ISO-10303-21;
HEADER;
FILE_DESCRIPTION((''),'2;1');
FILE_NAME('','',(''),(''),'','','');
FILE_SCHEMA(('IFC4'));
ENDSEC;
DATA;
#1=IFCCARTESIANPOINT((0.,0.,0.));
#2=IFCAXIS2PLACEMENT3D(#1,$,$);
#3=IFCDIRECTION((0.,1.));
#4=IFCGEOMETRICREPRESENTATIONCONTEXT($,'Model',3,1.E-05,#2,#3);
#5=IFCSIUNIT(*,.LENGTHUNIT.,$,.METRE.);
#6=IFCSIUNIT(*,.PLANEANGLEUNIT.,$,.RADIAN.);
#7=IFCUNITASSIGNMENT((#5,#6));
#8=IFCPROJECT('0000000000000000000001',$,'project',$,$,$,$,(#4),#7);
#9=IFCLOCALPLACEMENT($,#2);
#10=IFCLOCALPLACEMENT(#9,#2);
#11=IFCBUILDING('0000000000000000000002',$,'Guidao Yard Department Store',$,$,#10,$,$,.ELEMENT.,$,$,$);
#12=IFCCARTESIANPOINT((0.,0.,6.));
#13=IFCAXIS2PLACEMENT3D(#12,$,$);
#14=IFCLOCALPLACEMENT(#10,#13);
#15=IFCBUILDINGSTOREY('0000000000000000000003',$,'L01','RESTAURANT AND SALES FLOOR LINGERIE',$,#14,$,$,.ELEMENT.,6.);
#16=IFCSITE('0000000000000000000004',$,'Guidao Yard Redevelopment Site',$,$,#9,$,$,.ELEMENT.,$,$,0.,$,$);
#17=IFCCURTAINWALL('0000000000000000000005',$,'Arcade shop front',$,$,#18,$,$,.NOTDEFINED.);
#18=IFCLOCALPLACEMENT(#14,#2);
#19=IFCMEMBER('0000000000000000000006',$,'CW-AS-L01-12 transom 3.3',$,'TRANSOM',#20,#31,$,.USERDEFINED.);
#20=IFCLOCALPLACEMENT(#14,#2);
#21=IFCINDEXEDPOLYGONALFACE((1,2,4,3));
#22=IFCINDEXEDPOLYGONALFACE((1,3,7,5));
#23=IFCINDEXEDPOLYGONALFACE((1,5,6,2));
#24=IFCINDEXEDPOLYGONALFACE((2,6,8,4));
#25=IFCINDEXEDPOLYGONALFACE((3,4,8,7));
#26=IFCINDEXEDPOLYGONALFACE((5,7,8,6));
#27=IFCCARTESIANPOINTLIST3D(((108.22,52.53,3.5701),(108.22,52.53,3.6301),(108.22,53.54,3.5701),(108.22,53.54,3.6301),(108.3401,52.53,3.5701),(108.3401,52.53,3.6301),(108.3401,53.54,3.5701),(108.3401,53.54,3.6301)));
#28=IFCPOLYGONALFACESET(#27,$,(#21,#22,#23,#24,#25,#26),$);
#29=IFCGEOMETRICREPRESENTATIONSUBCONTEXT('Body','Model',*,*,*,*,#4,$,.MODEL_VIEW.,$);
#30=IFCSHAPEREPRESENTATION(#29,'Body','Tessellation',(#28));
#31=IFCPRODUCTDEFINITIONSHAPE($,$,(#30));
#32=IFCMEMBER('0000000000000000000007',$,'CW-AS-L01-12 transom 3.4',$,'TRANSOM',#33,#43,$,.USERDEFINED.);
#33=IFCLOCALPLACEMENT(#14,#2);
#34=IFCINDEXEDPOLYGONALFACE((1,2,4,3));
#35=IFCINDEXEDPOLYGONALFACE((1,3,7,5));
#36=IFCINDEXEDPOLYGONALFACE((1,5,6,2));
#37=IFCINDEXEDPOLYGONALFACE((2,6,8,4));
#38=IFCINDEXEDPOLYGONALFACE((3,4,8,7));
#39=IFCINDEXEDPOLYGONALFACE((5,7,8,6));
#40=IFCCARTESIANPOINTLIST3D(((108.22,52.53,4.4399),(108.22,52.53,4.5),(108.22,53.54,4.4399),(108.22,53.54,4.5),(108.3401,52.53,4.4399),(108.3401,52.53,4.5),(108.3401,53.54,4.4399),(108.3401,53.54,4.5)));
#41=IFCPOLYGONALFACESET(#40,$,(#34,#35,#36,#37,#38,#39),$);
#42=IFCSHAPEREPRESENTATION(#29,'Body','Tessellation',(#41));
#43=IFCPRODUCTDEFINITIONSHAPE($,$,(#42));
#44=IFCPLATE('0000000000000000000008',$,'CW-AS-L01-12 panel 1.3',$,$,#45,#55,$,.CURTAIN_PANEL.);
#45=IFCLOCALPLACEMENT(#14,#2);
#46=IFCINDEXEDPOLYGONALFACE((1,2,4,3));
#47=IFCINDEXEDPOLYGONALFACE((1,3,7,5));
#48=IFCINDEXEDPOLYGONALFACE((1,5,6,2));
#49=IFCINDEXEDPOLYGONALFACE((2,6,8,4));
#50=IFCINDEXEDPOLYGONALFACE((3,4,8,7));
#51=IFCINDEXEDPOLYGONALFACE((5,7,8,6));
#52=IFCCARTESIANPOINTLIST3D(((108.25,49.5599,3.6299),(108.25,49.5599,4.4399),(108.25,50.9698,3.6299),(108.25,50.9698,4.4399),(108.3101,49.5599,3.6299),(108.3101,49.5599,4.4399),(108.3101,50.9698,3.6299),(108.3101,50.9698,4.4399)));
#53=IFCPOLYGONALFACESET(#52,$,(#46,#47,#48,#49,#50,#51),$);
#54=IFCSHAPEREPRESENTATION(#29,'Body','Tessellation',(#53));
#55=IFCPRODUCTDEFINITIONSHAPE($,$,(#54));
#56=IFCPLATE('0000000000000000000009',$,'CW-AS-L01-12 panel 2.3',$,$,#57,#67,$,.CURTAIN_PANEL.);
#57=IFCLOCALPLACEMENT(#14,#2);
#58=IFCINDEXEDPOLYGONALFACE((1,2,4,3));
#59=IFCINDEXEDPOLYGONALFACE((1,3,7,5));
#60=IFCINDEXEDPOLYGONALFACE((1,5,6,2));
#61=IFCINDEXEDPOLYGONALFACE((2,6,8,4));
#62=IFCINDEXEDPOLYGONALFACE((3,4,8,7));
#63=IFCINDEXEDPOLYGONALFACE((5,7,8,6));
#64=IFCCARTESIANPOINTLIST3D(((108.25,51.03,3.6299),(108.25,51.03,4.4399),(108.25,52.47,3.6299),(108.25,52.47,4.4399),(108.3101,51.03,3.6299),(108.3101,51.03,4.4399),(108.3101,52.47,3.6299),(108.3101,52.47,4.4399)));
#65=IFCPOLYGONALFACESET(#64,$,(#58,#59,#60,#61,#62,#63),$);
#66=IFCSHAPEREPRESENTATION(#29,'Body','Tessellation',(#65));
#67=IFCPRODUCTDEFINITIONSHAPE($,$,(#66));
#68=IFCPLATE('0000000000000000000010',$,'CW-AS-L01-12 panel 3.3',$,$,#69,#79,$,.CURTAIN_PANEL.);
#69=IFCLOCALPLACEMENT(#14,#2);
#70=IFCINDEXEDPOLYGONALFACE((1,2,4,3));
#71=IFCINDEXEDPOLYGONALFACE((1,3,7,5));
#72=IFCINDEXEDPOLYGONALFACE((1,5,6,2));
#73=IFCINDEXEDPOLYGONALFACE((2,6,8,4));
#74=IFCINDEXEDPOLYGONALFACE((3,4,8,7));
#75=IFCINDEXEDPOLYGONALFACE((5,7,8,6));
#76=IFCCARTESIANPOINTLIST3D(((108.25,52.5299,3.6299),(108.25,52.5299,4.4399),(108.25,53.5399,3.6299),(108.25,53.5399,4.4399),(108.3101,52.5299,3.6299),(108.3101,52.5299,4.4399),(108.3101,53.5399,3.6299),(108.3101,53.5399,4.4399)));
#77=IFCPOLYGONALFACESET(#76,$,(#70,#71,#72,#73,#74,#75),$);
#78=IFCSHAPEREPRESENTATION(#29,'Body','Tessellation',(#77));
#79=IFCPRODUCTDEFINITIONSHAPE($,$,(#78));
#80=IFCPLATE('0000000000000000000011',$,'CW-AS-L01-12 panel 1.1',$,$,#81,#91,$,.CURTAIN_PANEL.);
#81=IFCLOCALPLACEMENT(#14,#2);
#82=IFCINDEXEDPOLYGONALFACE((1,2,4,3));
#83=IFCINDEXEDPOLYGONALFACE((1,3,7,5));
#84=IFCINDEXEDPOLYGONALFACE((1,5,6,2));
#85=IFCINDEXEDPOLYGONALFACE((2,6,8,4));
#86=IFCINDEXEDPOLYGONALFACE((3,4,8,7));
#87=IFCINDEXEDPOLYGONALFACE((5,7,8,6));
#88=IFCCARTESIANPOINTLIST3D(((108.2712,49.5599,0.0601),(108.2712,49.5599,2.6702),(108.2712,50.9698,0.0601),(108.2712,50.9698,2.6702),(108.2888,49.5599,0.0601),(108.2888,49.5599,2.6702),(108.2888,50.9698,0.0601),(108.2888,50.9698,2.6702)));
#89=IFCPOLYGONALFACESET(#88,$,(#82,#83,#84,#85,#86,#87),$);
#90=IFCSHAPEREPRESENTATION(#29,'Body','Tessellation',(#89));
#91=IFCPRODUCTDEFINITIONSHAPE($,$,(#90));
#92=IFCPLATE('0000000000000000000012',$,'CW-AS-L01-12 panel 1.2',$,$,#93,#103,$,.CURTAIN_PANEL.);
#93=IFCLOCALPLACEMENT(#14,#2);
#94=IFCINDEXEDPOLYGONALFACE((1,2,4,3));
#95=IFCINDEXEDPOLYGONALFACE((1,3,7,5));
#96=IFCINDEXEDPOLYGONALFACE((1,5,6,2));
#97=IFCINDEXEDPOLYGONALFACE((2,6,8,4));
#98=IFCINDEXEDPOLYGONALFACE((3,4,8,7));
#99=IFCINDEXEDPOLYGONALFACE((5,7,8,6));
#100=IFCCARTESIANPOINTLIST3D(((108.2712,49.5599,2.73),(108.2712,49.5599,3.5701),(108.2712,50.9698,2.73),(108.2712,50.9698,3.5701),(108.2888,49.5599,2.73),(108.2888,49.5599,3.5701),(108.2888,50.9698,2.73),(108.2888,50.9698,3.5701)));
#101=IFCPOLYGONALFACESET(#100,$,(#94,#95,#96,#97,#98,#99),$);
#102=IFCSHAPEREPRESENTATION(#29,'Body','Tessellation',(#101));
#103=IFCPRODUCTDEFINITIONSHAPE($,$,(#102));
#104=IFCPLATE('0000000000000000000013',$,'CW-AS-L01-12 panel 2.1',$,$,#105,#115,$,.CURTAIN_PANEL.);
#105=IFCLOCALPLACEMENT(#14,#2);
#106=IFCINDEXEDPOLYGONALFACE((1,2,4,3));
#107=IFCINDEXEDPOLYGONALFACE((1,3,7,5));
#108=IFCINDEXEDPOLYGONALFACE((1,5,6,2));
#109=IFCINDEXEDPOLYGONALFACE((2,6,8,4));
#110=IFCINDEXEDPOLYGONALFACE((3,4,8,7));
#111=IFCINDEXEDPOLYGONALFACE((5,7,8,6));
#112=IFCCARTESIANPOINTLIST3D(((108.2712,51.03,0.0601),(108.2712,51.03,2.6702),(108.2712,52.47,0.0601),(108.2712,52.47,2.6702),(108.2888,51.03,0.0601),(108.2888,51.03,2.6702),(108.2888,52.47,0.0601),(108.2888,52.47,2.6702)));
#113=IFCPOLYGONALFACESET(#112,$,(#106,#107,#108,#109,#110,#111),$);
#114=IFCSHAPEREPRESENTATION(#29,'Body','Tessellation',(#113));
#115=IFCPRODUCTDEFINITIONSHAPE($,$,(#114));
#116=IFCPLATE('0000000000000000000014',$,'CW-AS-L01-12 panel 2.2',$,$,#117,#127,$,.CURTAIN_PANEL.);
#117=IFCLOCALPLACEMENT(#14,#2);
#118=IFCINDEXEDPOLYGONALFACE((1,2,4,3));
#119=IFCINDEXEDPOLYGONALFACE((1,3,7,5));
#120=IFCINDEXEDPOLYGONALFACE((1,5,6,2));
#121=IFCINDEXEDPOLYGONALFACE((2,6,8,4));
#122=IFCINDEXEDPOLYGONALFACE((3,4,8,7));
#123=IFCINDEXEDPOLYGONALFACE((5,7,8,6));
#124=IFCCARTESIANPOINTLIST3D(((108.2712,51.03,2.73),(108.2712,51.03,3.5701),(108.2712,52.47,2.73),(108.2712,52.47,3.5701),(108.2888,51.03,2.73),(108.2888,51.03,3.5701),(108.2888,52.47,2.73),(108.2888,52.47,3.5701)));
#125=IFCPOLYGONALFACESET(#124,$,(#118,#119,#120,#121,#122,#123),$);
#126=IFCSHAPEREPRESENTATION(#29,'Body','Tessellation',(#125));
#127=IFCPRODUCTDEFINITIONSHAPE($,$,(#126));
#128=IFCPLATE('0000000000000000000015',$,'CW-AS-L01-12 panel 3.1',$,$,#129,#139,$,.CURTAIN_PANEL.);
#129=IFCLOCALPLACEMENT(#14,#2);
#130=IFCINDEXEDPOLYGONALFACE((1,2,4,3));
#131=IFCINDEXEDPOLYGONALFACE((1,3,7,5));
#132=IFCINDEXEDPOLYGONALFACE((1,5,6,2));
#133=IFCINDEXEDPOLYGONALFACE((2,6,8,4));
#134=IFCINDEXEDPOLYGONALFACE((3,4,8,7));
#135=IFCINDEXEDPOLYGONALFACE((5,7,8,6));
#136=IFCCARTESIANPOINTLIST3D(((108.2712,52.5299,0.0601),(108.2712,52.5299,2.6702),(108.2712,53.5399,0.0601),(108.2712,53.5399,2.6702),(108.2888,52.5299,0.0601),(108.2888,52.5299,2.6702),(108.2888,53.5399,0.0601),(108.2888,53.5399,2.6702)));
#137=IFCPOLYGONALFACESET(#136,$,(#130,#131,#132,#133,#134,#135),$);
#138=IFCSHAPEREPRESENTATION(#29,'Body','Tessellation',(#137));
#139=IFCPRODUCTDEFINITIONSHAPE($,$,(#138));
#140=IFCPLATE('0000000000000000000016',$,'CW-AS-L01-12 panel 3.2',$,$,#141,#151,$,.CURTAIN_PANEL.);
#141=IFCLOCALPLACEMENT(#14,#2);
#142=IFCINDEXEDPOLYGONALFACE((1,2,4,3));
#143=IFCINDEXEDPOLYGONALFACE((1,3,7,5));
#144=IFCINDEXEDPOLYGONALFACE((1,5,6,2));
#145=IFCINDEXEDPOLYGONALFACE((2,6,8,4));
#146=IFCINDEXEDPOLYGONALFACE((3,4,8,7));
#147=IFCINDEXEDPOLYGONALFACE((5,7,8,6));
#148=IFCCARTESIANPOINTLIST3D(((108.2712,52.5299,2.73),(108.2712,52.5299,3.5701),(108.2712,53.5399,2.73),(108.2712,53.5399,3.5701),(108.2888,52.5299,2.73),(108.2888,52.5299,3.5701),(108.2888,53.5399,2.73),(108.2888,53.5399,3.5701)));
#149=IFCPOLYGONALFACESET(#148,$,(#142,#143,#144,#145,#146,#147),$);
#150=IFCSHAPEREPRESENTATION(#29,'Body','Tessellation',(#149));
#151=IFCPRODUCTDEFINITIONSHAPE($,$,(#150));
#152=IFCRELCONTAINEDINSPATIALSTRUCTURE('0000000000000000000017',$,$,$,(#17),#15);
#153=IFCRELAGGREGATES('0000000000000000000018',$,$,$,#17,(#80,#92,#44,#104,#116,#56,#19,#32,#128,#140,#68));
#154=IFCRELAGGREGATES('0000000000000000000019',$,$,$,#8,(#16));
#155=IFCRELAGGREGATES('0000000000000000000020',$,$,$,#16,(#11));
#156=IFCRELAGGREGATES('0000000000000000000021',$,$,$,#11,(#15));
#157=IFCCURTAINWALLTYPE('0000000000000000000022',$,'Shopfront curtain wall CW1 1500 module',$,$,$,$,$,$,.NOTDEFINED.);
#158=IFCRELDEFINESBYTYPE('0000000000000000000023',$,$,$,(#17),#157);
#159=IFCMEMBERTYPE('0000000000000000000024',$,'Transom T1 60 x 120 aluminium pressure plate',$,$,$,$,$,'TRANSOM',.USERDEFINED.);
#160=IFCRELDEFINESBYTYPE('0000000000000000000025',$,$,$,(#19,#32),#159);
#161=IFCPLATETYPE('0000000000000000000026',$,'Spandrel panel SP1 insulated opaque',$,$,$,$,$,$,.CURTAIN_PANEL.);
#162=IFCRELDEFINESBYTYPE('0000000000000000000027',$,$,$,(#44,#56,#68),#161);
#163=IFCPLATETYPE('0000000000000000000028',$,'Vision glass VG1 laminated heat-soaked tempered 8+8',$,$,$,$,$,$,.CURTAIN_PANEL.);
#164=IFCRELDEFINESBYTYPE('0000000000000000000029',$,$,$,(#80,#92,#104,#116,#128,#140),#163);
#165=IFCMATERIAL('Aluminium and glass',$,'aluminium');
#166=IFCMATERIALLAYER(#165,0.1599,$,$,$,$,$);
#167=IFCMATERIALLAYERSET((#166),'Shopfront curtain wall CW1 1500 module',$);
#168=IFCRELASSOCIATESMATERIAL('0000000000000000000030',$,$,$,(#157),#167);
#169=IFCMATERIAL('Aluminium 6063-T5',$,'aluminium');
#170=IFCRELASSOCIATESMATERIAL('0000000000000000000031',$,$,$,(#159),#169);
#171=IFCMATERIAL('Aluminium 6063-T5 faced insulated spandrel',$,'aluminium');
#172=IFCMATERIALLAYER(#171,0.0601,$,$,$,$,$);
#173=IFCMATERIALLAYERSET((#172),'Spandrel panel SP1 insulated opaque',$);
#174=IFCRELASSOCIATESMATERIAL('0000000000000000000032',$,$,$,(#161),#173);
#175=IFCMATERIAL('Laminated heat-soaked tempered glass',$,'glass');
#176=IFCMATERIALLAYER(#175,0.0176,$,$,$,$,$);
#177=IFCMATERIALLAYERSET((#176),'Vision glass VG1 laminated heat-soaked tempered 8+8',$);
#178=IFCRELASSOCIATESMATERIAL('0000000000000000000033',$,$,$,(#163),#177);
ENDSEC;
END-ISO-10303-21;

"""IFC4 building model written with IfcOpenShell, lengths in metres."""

from ifc_helpers import new_model, si_unit, direction, frame, origin, origin_2d, place, context, subcontext, project, spatial, rectangle, extrude, material, layer, layer_set, material_profile, profile_set, type_object, element, aggregate, save


model = new_model("IFC4")

# Units and contexts
model_context = context("Model", 3, precision=1e-05, world=origin(), true_north=direction((0.0, 1.0)))
body_context = subcontext(model_context, "Body", "Model", "MODEL_VIEW")
ifc_project = project(units=[si_unit("LENGTHUNIT", "METRE"), si_unit("PLANEANGLEUNIT", "RADIAN")], contexts=[model_context])

# Site, building, storey
site_placement = place(None, origin())
site = spatial("IfcSite", under=ifc_project, at=site_placement, Name="Guidao Yard Redevelopment Site", CompositionType="ELEMENT", RefElevation=0.0)
building_placement = place(site_placement, origin())
building = spatial("IfcBuilding", under=site, at=building_placement, Name="Guidao Yard Department Store", CompositionType="ELEMENT")
storey_placement = place(building_placement, frame((0.0, 0.0, 6.0)))
storey = spatial("IfcBuildingStorey", under=building, at=storey_placement, Name="L01", Description="RESTAURANT AND SALES FLOOR LINGERIE", CompositionType="ELEMENT", Elevation=6.0)

# Curtain wall
ifc_material_1 = material(Name="Aluminium and glass", Category="aluminium")
ifc_layer_1 = layer(ifc_material_1, 0.1599)
ifc_layer_set_1 = layer_set([ifc_layer_1], Name="Shopfront curtain wall CW1 1500 module")
curtain_wall_type = type_object("IfcCurtainWallType", Name="Shopfront curtain wall CW1 1500 module", PredefinedType="NOTDEFINED", material=ifc_layer_set_1)
curtain_wall_1_placement = place(storey_placement, origin())
curtain_wall_1 = element("IfcCurtainWall", 1, at=curtain_wall_1_placement, inside=storey, type_object=curtain_wall_type, Name="Arcade shop front", PredefinedType="NOTDEFINED")

# Members
ifc_material_2 = material(Name="Aluminium 6063-T5", Category="aluminium")
ifc_material_profile_1 = material_profile(ifc_material_2, rectangle(XDim=0.1201, YDim=0.0601, at=origin_2d()), Name="Transom T1 60 x 120 aluminium pressure plate")
ifc_profile_set_1 = profile_set([ifc_material_profile_1], Name="Aluminium 6063-T5")
member_type_1 = type_object("IfcMemberType", Name="Transom T1 60 x 120 aluminium pressure plate", ElementType="TRANSOM", PredefinedType="USERDEFINED", material=ifc_profile_set_1)
member_1_placement = place(storey_placement, frame((108.28, 53.54, 3.6001), z_axis=(0.0, -1.0, 0.0), x_axis=(1.0, 0.0, 0.0)))
member_1 = element("IfcMember", 2, at=member_1_placement, type_object=member_type_1, Name="CW-AS-L01-12 transom 3.3", ObjectType="TRANSOM", PredefinedType="USERDEFINED", context=body_context, shape_type="SweptSolid", body=[
    extrude(rectangle(XDim=0.1201, YDim=0.0601, at=origin_2d()), origin(), (0.0, 0.0, 1.0), 1.01),
])
member_2_placement = place(storey_placement, frame((108.28, 53.54, 4.47), z_axis=(0.0, -1.0, 0.0), x_axis=(1.0, 0.0, 0.0)))
member_2 = element("IfcMember", 3, at=member_2_placement, type_object=member_type_1, Name="CW-AS-L01-12 transom 3.4", ObjectType="TRANSOM", PredefinedType="USERDEFINED", context=body_context, shape_type="SweptSolid", body=[
    extrude(rectangle(XDim=0.1201, YDim=0.0601, at=origin_2d()), origin(), (0.0, 0.0, 1.0), 1.01),
])

# Plates
ifc_material_3 = material(Name="Aluminium 6063-T5 faced insulated spandrel", Category="aluminium")
ifc_layer_2 = layer(ifc_material_3, 0.0601)
ifc_layer_set_2 = layer_set([ifc_layer_2], Name="Spandrel panel SP1 insulated opaque")
plate_type_1 = type_object("IfcPlateType", Name="Spandrel panel SP1 insulated opaque", PredefinedType="CURTAIN_PANEL", material=ifc_layer_set_2)
plate_1_placement = place(storey_placement, frame((108.28, 50.2649, 3.6299), z_axis=(0.0, 0.0, 1.0), x_axis=(0.0, -1.0, 0.0)))
plate_1 = element("IfcPlate", 4, at=plate_1_placement, type_object=plate_type_1, Name="CW-AS-L01-12 panel 1.3", PredefinedType="CURTAIN_PANEL", context=body_context, shape_type="SweptSolid", body=[
    extrude(rectangle(XDim=1.4099, YDim=0.0601, at=origin_2d()), origin(), (0.0, 0.0, 1.0), 0.8101),
])
plate_2_placement = place(storey_placement, frame((108.28, 51.75, 3.6299), z_axis=(0.0, 0.0, 1.0), x_axis=(0.0, -1.0, 0.0)))
plate_2 = element("IfcPlate", 5, at=plate_2_placement, type_object=plate_type_1, Name="CW-AS-L01-12 panel 2.3", PredefinedType="CURTAIN_PANEL", context=body_context, shape_type="SweptSolid", body=[
    extrude(rectangle(XDim=1.4399, YDim=0.0601, at=origin_2d()), origin(), (0.0, 0.0, 1.0), 0.8101),
])
plate_3_placement = place(storey_placement, frame((108.28, 53.0349, 3.6299), z_axis=(0.0, 0.0, 1.0), x_axis=(0.0, -1.0, 0.0)))
plate_3 = element("IfcPlate", 6, at=plate_3_placement, type_object=plate_type_1, Name="CW-AS-L01-12 panel 3.3", PredefinedType="CURTAIN_PANEL", context=body_context, shape_type="SweptSolid", body=[
    extrude(rectangle(XDim=1.01, YDim=0.0601, at=origin_2d()), origin(), (0.0, 0.0, 1.0), 0.8101),
])
ifc_material_4 = material(Name="Laminated heat-soaked tempered glass", Category="glass")
ifc_layer_3 = layer(ifc_material_4, 0.0176)
ifc_layer_set_3 = layer_set([ifc_layer_3], Name="Vision glass VG1 laminated heat-soaked tempered 8+8")
plate_type_2 = type_object("IfcPlateType", Name="Vision glass VG1 laminated heat-soaked tempered 8+8", PredefinedType="CURTAIN_PANEL", material=ifc_layer_set_3)
plate_4_placement = place(storey_placement, frame((108.28, 50.2649, 0.0601), z_axis=(0.0, 0.0, 1.0), x_axis=(0.0, -1.0, 0.0)))
plate_4 = element("IfcPlate", 7, at=plate_4_placement, type_object=plate_type_2, Name="CW-AS-L01-12 panel 1.1", PredefinedType="CURTAIN_PANEL", context=body_context, shape_type="SweptSolid", body=[
    extrude(rectangle(XDim=1.4099, YDim=0.0176, at=origin_2d()), origin(), (0.0, 0.0, 1.0), 2.6101),
])
plate_5_placement = place(storey_placement, frame((108.28, 50.2649, 2.73), z_axis=(0.0, 0.0, 1.0), x_axis=(0.0, -1.0, 0.0)))
plate_5 = element("IfcPlate", 8, at=plate_5_placement, type_object=plate_type_2, Name="CW-AS-L01-12 panel 1.2", PredefinedType="CURTAIN_PANEL", context=body_context, shape_type="SweptSolid", body=[
    extrude(rectangle(XDim=1.4099, YDim=0.0176, at=origin_2d()), origin(), (0.0, 0.0, 1.0), 0.8401),
])
plate_6_placement = place(storey_placement, frame((108.28, 51.75, 0.0601), z_axis=(0.0, 0.0, 1.0), x_axis=(0.0, -1.0, 0.0)))
plate_6 = element("IfcPlate", 9, at=plate_6_placement, type_object=plate_type_2, Name="CW-AS-L01-12 panel 2.1", PredefinedType="CURTAIN_PANEL", context=body_context, shape_type="SweptSolid", body=[
    extrude(rectangle(XDim=1.4399, YDim=0.0176, at=origin_2d()), origin(), (0.0, 0.0, 1.0), 2.6101),
])
plate_7_placement = place(storey_placement, frame((108.28, 51.75, 2.73), z_axis=(0.0, 0.0, 1.0), x_axis=(0.0, -1.0, 0.0)))
plate_7 = element("IfcPlate", 10, at=plate_7_placement, type_object=plate_type_2, Name="CW-AS-L01-12 panel 2.2", PredefinedType="CURTAIN_PANEL", context=body_context, shape_type="SweptSolid", body=[
    extrude(rectangle(XDim=1.4399, YDim=0.0176, at=origin_2d()), origin(), (0.0, 0.0, 1.0), 0.8401),
])
plate_8_placement = place(storey_placement, frame((108.28, 53.0349, 0.0601), z_axis=(0.0, 0.0, 1.0), x_axis=(0.0, -1.0, 0.0)))
plate_8 = element("IfcPlate", 11, at=plate_8_placement, type_object=plate_type_2, Name="CW-AS-L01-12 panel 3.1", PredefinedType="CURTAIN_PANEL", context=body_context, shape_type="SweptSolid", body=[
    extrude(rectangle(XDim=1.01, YDim=0.0176, at=origin_2d()), origin(), (0.0, 0.0, 1.0), 2.6101),
])
plate_9_placement = place(storey_placement, frame((108.28, 53.0349, 2.73), z_axis=(0.0, 0.0, 1.0), x_axis=(0.0, -1.0, 0.0)))
plate_9 = element("IfcPlate", 12, at=plate_9_placement, type_object=plate_type_2, Name="CW-AS-L01-12 panel 3.2", PredefinedType="CURTAIN_PANEL", context=body_context, shape_type="SweptSolid", body=[
    extrude(rectangle(XDim=1.01, YDim=0.0176, at=origin_2d()), origin(), (0.0, 0.0, 1.0), 0.8401),
])
aggregate(curtain_wall_1, [plate_4, plate_5, plate_1, plate_6, plate_7, plate_2, member_1, member_2, plate_8, plate_9, plate_3])

save(model, "model.ifc")
